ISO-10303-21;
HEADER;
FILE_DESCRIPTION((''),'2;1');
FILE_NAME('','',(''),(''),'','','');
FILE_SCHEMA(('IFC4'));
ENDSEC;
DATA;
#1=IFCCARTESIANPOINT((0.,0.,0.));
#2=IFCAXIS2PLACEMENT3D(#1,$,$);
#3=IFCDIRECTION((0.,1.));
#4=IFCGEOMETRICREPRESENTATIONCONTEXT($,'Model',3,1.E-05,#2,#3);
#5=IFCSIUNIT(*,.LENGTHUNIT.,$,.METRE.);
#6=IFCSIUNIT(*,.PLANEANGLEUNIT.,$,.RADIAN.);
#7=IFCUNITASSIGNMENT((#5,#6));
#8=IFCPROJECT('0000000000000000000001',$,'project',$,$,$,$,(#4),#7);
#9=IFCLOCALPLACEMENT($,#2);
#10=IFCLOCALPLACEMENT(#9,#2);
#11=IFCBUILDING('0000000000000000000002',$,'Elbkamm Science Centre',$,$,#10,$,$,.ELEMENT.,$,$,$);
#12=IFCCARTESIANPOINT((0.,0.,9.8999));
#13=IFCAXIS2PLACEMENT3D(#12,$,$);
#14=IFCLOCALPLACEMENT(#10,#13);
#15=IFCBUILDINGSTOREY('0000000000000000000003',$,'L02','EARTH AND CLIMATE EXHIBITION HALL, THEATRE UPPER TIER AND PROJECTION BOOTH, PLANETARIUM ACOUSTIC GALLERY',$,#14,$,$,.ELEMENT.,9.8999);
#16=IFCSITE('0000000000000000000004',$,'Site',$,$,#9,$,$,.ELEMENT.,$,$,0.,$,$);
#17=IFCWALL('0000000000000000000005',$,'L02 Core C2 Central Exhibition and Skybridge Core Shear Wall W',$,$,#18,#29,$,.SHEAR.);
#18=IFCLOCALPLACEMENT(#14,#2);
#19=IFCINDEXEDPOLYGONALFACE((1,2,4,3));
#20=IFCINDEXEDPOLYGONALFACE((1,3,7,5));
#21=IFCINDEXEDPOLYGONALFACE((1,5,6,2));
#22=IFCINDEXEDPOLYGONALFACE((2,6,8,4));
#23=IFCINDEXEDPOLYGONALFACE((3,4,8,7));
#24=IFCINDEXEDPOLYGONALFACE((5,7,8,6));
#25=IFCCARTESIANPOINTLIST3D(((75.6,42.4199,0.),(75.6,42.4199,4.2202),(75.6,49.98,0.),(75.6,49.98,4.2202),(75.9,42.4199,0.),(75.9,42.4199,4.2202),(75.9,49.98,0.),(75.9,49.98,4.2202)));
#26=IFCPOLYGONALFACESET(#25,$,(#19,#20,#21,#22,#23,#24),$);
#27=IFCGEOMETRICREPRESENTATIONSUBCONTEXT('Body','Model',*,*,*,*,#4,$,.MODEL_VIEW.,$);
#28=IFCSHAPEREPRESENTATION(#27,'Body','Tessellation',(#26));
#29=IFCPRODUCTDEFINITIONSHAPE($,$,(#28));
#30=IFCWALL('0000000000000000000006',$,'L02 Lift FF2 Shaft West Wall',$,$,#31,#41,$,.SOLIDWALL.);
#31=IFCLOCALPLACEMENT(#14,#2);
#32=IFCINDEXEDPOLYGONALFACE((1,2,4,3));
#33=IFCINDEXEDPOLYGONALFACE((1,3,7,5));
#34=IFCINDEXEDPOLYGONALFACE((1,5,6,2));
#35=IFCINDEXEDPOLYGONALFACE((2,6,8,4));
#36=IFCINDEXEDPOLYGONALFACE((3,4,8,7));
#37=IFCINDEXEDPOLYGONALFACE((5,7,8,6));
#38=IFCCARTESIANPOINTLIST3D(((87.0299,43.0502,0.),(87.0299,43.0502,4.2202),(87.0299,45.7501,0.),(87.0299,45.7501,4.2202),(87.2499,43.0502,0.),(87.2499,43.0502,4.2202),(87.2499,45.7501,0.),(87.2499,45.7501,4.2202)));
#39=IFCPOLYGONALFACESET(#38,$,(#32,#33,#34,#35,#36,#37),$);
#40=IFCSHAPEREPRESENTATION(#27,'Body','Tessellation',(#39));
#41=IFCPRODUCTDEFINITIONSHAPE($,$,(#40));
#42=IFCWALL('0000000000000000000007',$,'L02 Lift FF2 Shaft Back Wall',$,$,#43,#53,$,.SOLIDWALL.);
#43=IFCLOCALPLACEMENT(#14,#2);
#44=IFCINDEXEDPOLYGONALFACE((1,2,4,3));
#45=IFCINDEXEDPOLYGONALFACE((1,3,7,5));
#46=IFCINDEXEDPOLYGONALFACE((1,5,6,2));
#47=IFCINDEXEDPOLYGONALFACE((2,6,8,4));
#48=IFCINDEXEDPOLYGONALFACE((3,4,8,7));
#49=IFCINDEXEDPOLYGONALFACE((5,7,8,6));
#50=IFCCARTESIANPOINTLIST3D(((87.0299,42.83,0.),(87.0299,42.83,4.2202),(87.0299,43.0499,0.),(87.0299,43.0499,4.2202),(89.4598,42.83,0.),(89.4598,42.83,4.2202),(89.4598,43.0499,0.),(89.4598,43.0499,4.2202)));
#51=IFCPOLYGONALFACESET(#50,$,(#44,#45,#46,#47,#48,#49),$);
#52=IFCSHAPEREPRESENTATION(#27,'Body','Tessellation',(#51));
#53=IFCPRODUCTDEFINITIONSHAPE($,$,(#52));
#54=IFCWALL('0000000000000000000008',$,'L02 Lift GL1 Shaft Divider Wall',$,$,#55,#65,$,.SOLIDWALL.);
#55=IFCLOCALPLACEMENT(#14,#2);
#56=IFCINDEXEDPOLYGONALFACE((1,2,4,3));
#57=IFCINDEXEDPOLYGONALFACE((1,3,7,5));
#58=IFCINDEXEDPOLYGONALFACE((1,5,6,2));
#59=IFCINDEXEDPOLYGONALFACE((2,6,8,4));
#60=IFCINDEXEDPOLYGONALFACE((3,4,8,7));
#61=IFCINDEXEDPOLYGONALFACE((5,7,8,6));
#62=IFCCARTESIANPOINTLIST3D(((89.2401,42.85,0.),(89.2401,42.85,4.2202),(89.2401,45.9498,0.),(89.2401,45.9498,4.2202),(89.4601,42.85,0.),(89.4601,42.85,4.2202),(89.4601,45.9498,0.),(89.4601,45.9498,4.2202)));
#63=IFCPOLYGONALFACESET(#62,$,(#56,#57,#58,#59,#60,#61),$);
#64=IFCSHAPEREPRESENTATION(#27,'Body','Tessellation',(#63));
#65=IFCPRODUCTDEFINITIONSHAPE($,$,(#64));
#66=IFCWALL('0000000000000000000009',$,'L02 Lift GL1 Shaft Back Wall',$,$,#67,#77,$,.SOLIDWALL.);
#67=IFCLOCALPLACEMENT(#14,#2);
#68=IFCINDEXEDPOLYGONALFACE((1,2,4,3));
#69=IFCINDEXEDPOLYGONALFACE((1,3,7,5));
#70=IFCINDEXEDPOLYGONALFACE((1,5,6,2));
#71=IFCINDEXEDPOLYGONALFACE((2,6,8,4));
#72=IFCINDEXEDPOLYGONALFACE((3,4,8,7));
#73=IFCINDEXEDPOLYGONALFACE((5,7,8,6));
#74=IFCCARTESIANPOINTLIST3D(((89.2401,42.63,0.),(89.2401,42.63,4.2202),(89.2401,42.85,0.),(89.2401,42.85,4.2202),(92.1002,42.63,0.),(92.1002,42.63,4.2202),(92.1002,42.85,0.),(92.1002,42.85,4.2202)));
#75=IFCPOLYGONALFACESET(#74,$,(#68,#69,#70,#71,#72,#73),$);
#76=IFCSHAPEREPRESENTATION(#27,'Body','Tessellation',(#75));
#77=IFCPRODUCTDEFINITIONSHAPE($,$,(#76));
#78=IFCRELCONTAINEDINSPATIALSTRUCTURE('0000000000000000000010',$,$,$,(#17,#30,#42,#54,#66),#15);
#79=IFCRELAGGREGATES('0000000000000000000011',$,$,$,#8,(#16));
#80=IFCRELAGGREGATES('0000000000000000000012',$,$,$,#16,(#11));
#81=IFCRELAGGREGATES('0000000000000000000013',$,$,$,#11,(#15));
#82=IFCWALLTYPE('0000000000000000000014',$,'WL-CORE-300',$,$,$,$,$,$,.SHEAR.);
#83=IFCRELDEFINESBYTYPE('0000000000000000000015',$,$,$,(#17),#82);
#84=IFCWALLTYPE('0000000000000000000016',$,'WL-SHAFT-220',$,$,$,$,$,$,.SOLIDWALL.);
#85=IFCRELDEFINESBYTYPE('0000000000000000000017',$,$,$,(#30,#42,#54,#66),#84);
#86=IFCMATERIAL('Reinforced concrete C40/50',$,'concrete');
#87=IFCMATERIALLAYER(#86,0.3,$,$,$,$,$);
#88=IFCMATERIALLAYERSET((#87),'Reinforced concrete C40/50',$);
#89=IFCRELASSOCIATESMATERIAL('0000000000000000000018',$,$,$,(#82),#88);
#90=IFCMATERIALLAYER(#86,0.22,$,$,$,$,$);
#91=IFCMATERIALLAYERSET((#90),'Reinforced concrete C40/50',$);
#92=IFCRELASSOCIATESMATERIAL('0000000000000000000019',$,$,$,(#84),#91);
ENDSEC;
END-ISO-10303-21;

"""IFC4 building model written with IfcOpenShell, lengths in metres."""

from ifc_helpers import new_model, si_unit, direction, frame, frame_2d, origin, place, context, subcontext, project, spatial, rectangle, extrude, material, layer, layer_set, type_object, element, save


model = new_model("IFC4")

# Units and contexts
model_context = context("Model", 3, precision=1e-05, world=origin(), true_north=direction((0.0, 1.0)))
body_context = subcontext(model_context, "Body", "Model", "MODEL_VIEW")
ifc_project = project(units=[si_unit("LENGTHUNIT", "METRE"), si_unit("PLANEANGLEUNIT", "RADIAN")], contexts=[model_context])

# Site, building, storey
site_placement = place(None, origin())
site = spatial("IfcSite", under=ifc_project, at=site_placement, Name="Site", CompositionType="ELEMENT", RefElevation=0.0)
building_placement = place(site_placement, origin())
building = spatial("IfcBuilding", under=site, at=building_placement, Name="Elbkamm Science Centre", CompositionType="ELEMENT")
storey_placement = place(building_placement, frame((0.0, 0.0, 9.8999)))
storey = spatial("IfcBuildingStorey", under=building, at=storey_placement, Name="L02", Description="EARTH AND CLIMATE EXHIBITION HALL, THEATRE UPPER TIER AND PROJECTION BOOTH, PLANETARIUM ACOUSTIC GALLERY", CompositionType="ELEMENT", Elevation=9.8999)

# Shared definitions
ifc_material_1 = material(Name="Reinforced concrete C40/50", Category="concrete")

# Walls
ifc_layer_1 = layer(ifc_material_1, 0.3)
ifc_layer_set_1 = layer_set([ifc_layer_1], Name="Reinforced concrete C40/50")
wall_type_1 = type_object("IfcWallType", Name="WL-CORE-300", PredefinedType="SHEAR", material=ifc_layer_set_1)
wall_1_placement = place(storey_placement, frame((75.75, 42.4199, 0.0), z_axis=(0.0, 0.0, 1.0), x_axis=(0.0, 1.0, 0.0)))
element("IfcWall", 1, at=wall_1_placement, inside=storey, type_object=wall_type_1, Name="L02 Core C2 Central Exhibition and Skybridge Core Shear Wall W", PredefinedType="SHEAR", context=body_context, shape_type="SweptSolid", body=[
    extrude(rectangle(XDim=7.5601, YDim=0.3, at=frame_2d((3.78, 0.0))), origin(), (0.0, 0.0, 1.0), 4.2202),
])
ifc_layer_2 = layer(ifc_material_1, 0.22)
ifc_layer_set_2 = layer_set([ifc_layer_2], Name="Reinforced concrete C40/50")
wall_type_2 = type_object("IfcWallType", Name="WL-SHAFT-220", PredefinedType="SOLIDWALL", material=ifc_layer_set_2)
wall_2_placement = place(storey_placement, frame((87.1399, 43.05, 0.0), z_axis=(0.0, 0.0, 1.0), x_axis=(0.0, 1.0, 0.0)))
element("IfcWall", 2, at=wall_2_placement, inside=storey, type_object=wall_type_2, Name="L02 Lift FF2 Shaft West Wall", PredefinedType="SOLIDWALL", context=body_context, shape_type="SweptSolid", body=[
    extrude(rectangle(XDim=2.7, YDim=0.22, at=frame_2d((1.3501, 0.0))), origin(), (0.0, 0.0, 1.0), 4.2202),
])
wall_3_placement = place(storey_placement, frame((87.03, 42.9399, 0.0), z_axis=(0.0, 0.0, 1.0), x_axis=(1.0, 0.0, 0.0)))
element("IfcWall", 3, at=wall_3_placement, inside=storey, type_object=wall_type_2, Name="L02 Lift FF2 Shaft Back Wall", PredefinedType="SOLIDWALL", context=body_context, shape_type="SweptSolid", body=[
    extrude(rectangle(XDim=2.4299, YDim=0.22, at=frame_2d((1.2148, 0.0))), origin(), (0.0, 0.0, 1.0), 4.2202),
])
wall_4_placement = place(storey_placement, frame((89.3501, 42.8501, 0.0), z_axis=(0.0, 0.0, 1.0), x_axis=(0.0, 1.0, 0.0)))
element("IfcWall", 4, at=wall_4_placement, inside=storey, type_object=wall_type_2, Name="L02 Lift GL1 Shaft Divider Wall", PredefinedType="SOLIDWALL", context=body_context, shape_type="SweptSolid", body=[
    extrude(rectangle(XDim=3.0999, YDim=0.22, at=frame_2d((1.5498, 0.0))), origin(), (0.0, 0.0, 1.0), 4.2202),
])
wall_5_placement = place(storey_placement, frame((89.24, 42.74, 0.0), z_axis=(0.0, 0.0, 1.0), x_axis=(1.0, 0.0, 0.0)))
element("IfcWall", 5, at=wall_5_placement, inside=storey, type_object=wall_type_2, Name="L02 Lift GL1 Shaft Back Wall", PredefinedType="SOLIDWALL", context=body_context, shape_type="SweptSolid", body=[
    extrude(rectangle(XDim=2.8601, YDim=0.22, at=frame_2d((1.4302, 0.0))), origin(), (0.0, 0.0, 1.0), 4.2202),
])

save(model, "model.ifc")
